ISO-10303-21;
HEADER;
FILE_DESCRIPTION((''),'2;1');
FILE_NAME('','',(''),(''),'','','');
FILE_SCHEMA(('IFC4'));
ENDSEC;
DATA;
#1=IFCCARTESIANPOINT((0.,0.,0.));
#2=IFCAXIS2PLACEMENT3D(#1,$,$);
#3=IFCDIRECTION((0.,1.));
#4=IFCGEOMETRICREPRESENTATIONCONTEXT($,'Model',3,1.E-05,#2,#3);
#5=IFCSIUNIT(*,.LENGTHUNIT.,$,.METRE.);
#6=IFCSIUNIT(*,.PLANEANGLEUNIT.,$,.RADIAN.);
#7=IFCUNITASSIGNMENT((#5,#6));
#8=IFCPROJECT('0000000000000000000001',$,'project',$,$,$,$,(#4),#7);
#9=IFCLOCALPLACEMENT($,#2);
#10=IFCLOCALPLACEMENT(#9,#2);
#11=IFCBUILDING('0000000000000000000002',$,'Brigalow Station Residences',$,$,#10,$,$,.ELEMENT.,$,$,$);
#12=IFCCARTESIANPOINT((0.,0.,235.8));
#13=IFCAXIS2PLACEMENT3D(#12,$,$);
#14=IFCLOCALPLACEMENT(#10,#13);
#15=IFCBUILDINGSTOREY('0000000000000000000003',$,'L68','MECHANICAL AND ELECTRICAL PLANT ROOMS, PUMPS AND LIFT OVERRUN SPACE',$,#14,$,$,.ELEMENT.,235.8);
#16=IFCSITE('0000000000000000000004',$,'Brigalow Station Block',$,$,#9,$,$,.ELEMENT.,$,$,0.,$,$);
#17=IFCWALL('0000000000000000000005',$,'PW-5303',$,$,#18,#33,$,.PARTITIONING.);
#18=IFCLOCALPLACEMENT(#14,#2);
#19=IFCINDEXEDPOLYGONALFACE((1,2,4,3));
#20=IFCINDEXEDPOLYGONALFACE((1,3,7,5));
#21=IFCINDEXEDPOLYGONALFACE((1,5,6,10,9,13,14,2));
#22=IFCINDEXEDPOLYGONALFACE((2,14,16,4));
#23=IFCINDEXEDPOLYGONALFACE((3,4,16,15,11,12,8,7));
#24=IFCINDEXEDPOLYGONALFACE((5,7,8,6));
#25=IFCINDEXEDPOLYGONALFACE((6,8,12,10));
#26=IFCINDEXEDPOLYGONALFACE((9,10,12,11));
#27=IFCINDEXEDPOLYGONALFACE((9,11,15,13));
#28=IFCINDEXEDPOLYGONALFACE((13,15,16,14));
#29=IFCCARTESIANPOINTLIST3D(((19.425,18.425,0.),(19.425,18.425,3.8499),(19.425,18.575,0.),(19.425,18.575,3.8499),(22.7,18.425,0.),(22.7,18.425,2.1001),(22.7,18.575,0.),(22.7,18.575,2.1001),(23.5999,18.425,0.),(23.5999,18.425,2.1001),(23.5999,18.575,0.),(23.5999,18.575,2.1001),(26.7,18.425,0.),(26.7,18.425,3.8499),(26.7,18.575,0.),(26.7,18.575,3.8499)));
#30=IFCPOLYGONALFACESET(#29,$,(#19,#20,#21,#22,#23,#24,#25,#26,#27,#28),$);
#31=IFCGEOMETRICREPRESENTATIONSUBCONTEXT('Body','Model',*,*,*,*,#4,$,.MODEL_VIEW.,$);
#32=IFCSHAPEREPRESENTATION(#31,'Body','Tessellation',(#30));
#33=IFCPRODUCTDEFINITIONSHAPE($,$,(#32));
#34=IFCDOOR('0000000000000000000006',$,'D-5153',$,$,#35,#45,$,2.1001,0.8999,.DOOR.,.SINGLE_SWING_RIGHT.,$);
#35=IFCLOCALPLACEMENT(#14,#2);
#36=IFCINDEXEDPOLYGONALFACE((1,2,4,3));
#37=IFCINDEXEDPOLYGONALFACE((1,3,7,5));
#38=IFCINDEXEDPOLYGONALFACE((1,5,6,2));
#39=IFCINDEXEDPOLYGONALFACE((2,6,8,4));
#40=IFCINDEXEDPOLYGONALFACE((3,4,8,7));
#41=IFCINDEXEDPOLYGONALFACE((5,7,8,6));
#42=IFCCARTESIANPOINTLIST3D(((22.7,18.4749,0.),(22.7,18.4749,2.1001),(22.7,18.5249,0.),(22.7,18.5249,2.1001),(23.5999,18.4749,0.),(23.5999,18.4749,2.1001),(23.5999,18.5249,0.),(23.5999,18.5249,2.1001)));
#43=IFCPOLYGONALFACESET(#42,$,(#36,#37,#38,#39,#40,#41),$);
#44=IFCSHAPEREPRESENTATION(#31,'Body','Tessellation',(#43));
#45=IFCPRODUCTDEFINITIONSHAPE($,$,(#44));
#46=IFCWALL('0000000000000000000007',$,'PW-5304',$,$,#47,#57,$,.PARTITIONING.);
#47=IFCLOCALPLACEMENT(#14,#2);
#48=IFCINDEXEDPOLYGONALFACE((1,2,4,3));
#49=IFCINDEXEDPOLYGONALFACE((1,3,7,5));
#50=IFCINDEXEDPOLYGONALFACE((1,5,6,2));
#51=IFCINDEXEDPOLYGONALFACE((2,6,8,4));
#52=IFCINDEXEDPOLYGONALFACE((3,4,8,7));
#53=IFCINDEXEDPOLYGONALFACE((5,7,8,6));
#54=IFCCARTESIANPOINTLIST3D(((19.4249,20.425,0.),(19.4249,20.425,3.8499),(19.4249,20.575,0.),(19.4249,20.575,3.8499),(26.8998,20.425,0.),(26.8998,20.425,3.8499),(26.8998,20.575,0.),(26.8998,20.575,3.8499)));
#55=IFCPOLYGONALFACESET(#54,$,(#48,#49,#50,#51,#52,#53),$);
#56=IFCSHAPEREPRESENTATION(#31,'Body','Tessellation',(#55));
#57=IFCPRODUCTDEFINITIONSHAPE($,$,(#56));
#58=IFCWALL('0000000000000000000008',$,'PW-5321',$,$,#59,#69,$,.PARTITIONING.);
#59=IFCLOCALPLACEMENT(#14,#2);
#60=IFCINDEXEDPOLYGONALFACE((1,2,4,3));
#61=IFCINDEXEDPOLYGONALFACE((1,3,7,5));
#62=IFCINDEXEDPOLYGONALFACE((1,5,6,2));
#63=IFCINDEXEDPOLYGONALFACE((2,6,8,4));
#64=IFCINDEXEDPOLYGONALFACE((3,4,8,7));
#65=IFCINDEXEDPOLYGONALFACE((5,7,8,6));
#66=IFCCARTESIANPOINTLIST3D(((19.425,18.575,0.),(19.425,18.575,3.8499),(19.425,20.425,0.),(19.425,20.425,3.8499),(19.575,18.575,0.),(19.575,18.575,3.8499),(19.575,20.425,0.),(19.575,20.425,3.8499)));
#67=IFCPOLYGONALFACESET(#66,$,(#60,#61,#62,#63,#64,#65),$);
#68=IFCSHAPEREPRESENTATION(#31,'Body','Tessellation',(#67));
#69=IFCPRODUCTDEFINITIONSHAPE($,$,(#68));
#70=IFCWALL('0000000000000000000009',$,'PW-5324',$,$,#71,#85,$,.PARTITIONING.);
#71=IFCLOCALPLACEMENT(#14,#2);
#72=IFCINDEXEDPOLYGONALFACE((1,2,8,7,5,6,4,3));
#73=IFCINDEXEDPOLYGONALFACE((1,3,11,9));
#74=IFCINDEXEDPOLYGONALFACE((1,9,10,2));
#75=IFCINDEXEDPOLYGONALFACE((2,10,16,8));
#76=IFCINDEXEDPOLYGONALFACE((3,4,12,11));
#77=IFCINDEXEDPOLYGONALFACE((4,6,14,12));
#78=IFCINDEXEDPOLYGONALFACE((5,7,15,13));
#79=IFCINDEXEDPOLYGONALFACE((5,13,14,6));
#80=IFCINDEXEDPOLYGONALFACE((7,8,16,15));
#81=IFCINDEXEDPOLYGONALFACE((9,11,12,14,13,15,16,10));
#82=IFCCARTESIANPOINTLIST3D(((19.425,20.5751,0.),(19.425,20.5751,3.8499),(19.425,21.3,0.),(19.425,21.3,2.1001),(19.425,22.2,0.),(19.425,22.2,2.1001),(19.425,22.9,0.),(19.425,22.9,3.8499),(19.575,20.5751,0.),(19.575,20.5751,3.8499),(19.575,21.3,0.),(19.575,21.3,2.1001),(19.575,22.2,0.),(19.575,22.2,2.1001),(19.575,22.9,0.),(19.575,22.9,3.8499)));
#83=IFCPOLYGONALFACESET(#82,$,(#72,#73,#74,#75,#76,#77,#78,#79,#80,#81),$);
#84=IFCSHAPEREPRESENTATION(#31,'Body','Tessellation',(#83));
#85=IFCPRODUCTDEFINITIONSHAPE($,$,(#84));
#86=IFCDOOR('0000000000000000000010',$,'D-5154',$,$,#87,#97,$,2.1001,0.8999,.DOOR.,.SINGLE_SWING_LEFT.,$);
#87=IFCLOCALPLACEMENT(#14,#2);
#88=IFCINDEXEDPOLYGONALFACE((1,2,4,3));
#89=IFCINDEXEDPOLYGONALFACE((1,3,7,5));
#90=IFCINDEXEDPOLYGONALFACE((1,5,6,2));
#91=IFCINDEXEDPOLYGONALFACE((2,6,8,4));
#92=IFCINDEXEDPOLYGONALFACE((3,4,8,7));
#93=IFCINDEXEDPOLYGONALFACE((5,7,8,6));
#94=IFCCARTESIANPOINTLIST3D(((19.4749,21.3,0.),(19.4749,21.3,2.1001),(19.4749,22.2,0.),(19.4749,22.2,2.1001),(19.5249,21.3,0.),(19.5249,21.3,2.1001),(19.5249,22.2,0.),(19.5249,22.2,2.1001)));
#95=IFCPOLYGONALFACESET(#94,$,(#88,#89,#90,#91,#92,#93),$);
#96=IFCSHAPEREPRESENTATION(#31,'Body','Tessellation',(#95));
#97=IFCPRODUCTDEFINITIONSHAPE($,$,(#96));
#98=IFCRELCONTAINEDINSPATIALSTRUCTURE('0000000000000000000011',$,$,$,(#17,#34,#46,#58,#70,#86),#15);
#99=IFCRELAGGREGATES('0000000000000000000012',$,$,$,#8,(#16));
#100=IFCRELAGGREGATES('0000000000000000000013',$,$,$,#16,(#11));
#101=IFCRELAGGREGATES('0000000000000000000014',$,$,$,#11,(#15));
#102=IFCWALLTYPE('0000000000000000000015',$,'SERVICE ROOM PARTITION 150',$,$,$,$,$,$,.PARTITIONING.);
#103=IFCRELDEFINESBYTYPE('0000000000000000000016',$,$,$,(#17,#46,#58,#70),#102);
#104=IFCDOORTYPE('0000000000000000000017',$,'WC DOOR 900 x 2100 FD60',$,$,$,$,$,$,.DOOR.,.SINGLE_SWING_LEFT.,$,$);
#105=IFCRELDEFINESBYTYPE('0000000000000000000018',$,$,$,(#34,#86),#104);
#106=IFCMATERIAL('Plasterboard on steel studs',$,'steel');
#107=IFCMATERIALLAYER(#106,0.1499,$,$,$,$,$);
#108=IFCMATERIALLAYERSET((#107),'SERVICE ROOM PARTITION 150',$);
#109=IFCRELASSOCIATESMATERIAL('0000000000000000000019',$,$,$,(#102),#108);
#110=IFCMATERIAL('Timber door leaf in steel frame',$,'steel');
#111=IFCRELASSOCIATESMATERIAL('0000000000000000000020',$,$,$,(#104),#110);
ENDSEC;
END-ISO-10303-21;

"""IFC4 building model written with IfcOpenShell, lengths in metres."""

from ifc_helpers import new_model, si_unit, direction, frame, frame_2d, origin, place, context, subcontext, project, spatial, rectangle, extrude, material, layer, layer_set, type_object, element, fill, save


model = new_model("IFC4")

# Units and contexts
model_context = context("Model", 3, precision=1e-05, world=origin(), true_north=direction((0.0, 1.0)))
body_context = subcontext(model_context, "Body", "Model", "MODEL_VIEW")
ifc_project = project(units=[si_unit("LENGTHUNIT", "METRE"), si_unit("PLANEANGLEUNIT", "RADIAN")], contexts=[model_context])

# Site, building, storey
site_placement = place(None, origin())
site = spatial("IfcSite", under=ifc_project, at=site_placement, Name="Brigalow Station Block", CompositionType="ELEMENT", RefElevation=0.0)
building_placement = place(site_placement, origin())
building = spatial("IfcBuilding", under=site, at=building_placement, Name="Brigalow Station Residences", CompositionType="ELEMENT")
storey_placement = place(building_placement, frame((0.0, 0.0, 235.8)))
storey = spatial("IfcBuildingStorey", under=building, at=storey_placement, Name="L68", Description="MECHANICAL AND ELECTRICAL PLANT ROOMS, PUMPS AND LIFT OVERRUN SPACE", CompositionType="ELEMENT", Elevation=235.8)

# Wall, opening, door
ifc_material_1 = material(Name="Plasterboard on steel studs", Category="steel")
ifc_layer_1 = layer(ifc_material_1, 0.1499)
ifc_layer_set_1 = layer_set([ifc_layer_1], Name="SERVICE ROOM PARTITION 150")
wall_type_1 = type_object("IfcWallType", Name="SERVICE ROOM PARTITION 150", PredefinedType="PARTITIONING", material=ifc_layer_set_1)
wall_1_placement = place(storey_placement, frame((19.425, 18.5, 0.0), z_axis=(0.0, 0.0, 1.0), x_axis=(1.0, 0.0, 0.0)))
wall_1 = element("IfcWall", 1, at=wall_1_placement, inside=storey, type_object=wall_type_1, Name="PW-5303", PredefinedType="PARTITIONING", context=body_context, shape_type="SweptSolid", body=[
    extrude(rectangle(XDim=7.2749, YDim=0.1499, at=frame_2d((3.6375, 0.0))), origin(), (0.0, 0.0, 1.0), 3.8499),
])
opening_1_placement = place(wall_1_placement, frame((3.2749, 0.0, 0.0)))
opening_1 = element("IfcOpeningElement", 2, at=opening_1_placement, cuts=wall_1, PredefinedType="OPENING", context=body_context, shape_type="SweptSolid", body=[
    extrude(rectangle(XDim=0.8999, YDim=2.1001, at=frame_2d((0.45, 1.05))), frame((0.0, 0.085, 0.0), z_axis=(0.0, -1.0, 0.0), x_axis=(1.0, 0.0, 0.0)), (0.0, 0.0, 1.0), 0.1699),
])
ifc_material_2 = material(Name="Timber door leaf in steel frame", Category="steel")
door_type_1 = type_object("IfcDoorType", Name="WC DOOR 900 x 2100 FD60", OperationType="SINGLE_SWING_LEFT", PredefinedType="DOOR", material=ifc_material_2)
door_1_placement = place(opening_1_placement, origin())
door_1 = element("IfcDoor", 3, at=door_1_placement, inside=storey, type_object=door_type_1, Name="D-5153", OperationType="SINGLE_SWING_RIGHT", OverallHeight=2.1001, OverallWidth=0.8999, PredefinedType="DOOR", context=body_context, shape_type="SweptSolid", body=[
    extrude(rectangle(XDim=0.8999, YDim=2.1001, at=frame_2d((0.45, 1.05))), frame((0.0, 0.0249, 0.0), z_axis=(0.0, -1.0, 0.0), x_axis=(1.0, 0.0, 0.0)), (0.0, 0.0, 1.0), 0.05),
])
fill(opening_1, door_1)

# Walls
wall_2_placement = place(storey_placement, frame((19.425, 20.5, 0.0), z_axis=(0.0, 0.0, 1.0), x_axis=(1.0, 0.0, 0.0)))
element("IfcWall", 4, at=wall_2_placement, inside=storey, type_object=wall_type_1, Name="PW-5304", PredefinedType="PARTITIONING", context=body_context, shape_type="SweptSolid", body=[
    extrude(rectangle(XDim=7.4749, YDim=0.1499, at=frame_2d((3.7373, 0.0))), origin(), (0.0, 0.0, 1.0), 3.8499),
])
wall_3_placement = place(storey_placement, frame((19.5, 18.575, 0.0), z_axis=(0.0, 0.0, 1.0), x_axis=(0.0, 1.0, 0.0)))
element("IfcWall", 5, at=wall_3_placement, inside=storey, type_object=wall_type_1, Name="PW-5321", PredefinedType="PARTITIONING", context=body_context, shape_type="SweptSolid", body=[
    extrude(rectangle(XDim=1.8501, YDim=0.1499, at=frame_2d((0.925, 0.0))), origin(), (0.0, 0.0, 1.0), 3.8499),
])

# Wall, opening, door
wall_4_placement = place(storey_placement, frame((19.5, 20.575, 0.0), z_axis=(0.0, 0.0, 1.0), x_axis=(0.0, 1.0, 0.0)))
wall_4 = element("IfcWall", 6, at=wall_4_placement, inside=storey, type_object=wall_type_1, Name="PW-5324", PredefinedType="PARTITIONING", context=body_context, shape_type="SweptSolid", body=[
    extrude(rectangle(XDim=2.325, YDim=0.1499, at=frame_2d((1.1626, 0.0))), origin(), (0.0, 0.0, 1.0), 3.8499),
])
opening_2_placement = place(wall_4_placement, frame((0.7251, 0.0, 0.0)))
opening_2 = element("IfcOpeningElement", 7, at=opening_2_placement, cuts=wall_4, PredefinedType="OPENING", context=body_context, shape_type="SweptSolid", body=[
    extrude(rectangle(XDim=0.8999, YDim=2.1001, at=frame_2d((0.45, 1.05))), frame((0.0, 0.085, 0.0), z_axis=(0.0, -1.0, 0.0), x_axis=(1.0, 0.0, 0.0)), (0.0, 0.0, 1.0), 0.1699),
])
door_2_placement = place(opening_2_placement, frame((0.8999, 0.0, 0.0), z_axis=(0.0, 0.0, 1.0), x_axis=(-1.0, 0.0, 0.0)))
door_2 = element("IfcDoor", 8, at=door_2_placement, inside=storey, type_object=door_type_1, Name="D-5154", OperationType="SINGLE_SWING_LEFT", OverallHeight=2.1001, OverallWidth=0.8999, PredefinedType="DOOR", context=body_context, shape_type="SweptSolid", body=[
    extrude(rectangle(XDim=0.8999, YDim=2.1001, at=frame_2d((0.45, 1.05))), frame((0.0, 0.0249, 0.0), z_axis=(0.0, -1.0, 0.0), x_axis=(1.0, 0.0, 0.0)), (0.0, 0.0, 1.0), 0.05),
])
fill(opening_2, door_2)

save(model, "model.ifc")
